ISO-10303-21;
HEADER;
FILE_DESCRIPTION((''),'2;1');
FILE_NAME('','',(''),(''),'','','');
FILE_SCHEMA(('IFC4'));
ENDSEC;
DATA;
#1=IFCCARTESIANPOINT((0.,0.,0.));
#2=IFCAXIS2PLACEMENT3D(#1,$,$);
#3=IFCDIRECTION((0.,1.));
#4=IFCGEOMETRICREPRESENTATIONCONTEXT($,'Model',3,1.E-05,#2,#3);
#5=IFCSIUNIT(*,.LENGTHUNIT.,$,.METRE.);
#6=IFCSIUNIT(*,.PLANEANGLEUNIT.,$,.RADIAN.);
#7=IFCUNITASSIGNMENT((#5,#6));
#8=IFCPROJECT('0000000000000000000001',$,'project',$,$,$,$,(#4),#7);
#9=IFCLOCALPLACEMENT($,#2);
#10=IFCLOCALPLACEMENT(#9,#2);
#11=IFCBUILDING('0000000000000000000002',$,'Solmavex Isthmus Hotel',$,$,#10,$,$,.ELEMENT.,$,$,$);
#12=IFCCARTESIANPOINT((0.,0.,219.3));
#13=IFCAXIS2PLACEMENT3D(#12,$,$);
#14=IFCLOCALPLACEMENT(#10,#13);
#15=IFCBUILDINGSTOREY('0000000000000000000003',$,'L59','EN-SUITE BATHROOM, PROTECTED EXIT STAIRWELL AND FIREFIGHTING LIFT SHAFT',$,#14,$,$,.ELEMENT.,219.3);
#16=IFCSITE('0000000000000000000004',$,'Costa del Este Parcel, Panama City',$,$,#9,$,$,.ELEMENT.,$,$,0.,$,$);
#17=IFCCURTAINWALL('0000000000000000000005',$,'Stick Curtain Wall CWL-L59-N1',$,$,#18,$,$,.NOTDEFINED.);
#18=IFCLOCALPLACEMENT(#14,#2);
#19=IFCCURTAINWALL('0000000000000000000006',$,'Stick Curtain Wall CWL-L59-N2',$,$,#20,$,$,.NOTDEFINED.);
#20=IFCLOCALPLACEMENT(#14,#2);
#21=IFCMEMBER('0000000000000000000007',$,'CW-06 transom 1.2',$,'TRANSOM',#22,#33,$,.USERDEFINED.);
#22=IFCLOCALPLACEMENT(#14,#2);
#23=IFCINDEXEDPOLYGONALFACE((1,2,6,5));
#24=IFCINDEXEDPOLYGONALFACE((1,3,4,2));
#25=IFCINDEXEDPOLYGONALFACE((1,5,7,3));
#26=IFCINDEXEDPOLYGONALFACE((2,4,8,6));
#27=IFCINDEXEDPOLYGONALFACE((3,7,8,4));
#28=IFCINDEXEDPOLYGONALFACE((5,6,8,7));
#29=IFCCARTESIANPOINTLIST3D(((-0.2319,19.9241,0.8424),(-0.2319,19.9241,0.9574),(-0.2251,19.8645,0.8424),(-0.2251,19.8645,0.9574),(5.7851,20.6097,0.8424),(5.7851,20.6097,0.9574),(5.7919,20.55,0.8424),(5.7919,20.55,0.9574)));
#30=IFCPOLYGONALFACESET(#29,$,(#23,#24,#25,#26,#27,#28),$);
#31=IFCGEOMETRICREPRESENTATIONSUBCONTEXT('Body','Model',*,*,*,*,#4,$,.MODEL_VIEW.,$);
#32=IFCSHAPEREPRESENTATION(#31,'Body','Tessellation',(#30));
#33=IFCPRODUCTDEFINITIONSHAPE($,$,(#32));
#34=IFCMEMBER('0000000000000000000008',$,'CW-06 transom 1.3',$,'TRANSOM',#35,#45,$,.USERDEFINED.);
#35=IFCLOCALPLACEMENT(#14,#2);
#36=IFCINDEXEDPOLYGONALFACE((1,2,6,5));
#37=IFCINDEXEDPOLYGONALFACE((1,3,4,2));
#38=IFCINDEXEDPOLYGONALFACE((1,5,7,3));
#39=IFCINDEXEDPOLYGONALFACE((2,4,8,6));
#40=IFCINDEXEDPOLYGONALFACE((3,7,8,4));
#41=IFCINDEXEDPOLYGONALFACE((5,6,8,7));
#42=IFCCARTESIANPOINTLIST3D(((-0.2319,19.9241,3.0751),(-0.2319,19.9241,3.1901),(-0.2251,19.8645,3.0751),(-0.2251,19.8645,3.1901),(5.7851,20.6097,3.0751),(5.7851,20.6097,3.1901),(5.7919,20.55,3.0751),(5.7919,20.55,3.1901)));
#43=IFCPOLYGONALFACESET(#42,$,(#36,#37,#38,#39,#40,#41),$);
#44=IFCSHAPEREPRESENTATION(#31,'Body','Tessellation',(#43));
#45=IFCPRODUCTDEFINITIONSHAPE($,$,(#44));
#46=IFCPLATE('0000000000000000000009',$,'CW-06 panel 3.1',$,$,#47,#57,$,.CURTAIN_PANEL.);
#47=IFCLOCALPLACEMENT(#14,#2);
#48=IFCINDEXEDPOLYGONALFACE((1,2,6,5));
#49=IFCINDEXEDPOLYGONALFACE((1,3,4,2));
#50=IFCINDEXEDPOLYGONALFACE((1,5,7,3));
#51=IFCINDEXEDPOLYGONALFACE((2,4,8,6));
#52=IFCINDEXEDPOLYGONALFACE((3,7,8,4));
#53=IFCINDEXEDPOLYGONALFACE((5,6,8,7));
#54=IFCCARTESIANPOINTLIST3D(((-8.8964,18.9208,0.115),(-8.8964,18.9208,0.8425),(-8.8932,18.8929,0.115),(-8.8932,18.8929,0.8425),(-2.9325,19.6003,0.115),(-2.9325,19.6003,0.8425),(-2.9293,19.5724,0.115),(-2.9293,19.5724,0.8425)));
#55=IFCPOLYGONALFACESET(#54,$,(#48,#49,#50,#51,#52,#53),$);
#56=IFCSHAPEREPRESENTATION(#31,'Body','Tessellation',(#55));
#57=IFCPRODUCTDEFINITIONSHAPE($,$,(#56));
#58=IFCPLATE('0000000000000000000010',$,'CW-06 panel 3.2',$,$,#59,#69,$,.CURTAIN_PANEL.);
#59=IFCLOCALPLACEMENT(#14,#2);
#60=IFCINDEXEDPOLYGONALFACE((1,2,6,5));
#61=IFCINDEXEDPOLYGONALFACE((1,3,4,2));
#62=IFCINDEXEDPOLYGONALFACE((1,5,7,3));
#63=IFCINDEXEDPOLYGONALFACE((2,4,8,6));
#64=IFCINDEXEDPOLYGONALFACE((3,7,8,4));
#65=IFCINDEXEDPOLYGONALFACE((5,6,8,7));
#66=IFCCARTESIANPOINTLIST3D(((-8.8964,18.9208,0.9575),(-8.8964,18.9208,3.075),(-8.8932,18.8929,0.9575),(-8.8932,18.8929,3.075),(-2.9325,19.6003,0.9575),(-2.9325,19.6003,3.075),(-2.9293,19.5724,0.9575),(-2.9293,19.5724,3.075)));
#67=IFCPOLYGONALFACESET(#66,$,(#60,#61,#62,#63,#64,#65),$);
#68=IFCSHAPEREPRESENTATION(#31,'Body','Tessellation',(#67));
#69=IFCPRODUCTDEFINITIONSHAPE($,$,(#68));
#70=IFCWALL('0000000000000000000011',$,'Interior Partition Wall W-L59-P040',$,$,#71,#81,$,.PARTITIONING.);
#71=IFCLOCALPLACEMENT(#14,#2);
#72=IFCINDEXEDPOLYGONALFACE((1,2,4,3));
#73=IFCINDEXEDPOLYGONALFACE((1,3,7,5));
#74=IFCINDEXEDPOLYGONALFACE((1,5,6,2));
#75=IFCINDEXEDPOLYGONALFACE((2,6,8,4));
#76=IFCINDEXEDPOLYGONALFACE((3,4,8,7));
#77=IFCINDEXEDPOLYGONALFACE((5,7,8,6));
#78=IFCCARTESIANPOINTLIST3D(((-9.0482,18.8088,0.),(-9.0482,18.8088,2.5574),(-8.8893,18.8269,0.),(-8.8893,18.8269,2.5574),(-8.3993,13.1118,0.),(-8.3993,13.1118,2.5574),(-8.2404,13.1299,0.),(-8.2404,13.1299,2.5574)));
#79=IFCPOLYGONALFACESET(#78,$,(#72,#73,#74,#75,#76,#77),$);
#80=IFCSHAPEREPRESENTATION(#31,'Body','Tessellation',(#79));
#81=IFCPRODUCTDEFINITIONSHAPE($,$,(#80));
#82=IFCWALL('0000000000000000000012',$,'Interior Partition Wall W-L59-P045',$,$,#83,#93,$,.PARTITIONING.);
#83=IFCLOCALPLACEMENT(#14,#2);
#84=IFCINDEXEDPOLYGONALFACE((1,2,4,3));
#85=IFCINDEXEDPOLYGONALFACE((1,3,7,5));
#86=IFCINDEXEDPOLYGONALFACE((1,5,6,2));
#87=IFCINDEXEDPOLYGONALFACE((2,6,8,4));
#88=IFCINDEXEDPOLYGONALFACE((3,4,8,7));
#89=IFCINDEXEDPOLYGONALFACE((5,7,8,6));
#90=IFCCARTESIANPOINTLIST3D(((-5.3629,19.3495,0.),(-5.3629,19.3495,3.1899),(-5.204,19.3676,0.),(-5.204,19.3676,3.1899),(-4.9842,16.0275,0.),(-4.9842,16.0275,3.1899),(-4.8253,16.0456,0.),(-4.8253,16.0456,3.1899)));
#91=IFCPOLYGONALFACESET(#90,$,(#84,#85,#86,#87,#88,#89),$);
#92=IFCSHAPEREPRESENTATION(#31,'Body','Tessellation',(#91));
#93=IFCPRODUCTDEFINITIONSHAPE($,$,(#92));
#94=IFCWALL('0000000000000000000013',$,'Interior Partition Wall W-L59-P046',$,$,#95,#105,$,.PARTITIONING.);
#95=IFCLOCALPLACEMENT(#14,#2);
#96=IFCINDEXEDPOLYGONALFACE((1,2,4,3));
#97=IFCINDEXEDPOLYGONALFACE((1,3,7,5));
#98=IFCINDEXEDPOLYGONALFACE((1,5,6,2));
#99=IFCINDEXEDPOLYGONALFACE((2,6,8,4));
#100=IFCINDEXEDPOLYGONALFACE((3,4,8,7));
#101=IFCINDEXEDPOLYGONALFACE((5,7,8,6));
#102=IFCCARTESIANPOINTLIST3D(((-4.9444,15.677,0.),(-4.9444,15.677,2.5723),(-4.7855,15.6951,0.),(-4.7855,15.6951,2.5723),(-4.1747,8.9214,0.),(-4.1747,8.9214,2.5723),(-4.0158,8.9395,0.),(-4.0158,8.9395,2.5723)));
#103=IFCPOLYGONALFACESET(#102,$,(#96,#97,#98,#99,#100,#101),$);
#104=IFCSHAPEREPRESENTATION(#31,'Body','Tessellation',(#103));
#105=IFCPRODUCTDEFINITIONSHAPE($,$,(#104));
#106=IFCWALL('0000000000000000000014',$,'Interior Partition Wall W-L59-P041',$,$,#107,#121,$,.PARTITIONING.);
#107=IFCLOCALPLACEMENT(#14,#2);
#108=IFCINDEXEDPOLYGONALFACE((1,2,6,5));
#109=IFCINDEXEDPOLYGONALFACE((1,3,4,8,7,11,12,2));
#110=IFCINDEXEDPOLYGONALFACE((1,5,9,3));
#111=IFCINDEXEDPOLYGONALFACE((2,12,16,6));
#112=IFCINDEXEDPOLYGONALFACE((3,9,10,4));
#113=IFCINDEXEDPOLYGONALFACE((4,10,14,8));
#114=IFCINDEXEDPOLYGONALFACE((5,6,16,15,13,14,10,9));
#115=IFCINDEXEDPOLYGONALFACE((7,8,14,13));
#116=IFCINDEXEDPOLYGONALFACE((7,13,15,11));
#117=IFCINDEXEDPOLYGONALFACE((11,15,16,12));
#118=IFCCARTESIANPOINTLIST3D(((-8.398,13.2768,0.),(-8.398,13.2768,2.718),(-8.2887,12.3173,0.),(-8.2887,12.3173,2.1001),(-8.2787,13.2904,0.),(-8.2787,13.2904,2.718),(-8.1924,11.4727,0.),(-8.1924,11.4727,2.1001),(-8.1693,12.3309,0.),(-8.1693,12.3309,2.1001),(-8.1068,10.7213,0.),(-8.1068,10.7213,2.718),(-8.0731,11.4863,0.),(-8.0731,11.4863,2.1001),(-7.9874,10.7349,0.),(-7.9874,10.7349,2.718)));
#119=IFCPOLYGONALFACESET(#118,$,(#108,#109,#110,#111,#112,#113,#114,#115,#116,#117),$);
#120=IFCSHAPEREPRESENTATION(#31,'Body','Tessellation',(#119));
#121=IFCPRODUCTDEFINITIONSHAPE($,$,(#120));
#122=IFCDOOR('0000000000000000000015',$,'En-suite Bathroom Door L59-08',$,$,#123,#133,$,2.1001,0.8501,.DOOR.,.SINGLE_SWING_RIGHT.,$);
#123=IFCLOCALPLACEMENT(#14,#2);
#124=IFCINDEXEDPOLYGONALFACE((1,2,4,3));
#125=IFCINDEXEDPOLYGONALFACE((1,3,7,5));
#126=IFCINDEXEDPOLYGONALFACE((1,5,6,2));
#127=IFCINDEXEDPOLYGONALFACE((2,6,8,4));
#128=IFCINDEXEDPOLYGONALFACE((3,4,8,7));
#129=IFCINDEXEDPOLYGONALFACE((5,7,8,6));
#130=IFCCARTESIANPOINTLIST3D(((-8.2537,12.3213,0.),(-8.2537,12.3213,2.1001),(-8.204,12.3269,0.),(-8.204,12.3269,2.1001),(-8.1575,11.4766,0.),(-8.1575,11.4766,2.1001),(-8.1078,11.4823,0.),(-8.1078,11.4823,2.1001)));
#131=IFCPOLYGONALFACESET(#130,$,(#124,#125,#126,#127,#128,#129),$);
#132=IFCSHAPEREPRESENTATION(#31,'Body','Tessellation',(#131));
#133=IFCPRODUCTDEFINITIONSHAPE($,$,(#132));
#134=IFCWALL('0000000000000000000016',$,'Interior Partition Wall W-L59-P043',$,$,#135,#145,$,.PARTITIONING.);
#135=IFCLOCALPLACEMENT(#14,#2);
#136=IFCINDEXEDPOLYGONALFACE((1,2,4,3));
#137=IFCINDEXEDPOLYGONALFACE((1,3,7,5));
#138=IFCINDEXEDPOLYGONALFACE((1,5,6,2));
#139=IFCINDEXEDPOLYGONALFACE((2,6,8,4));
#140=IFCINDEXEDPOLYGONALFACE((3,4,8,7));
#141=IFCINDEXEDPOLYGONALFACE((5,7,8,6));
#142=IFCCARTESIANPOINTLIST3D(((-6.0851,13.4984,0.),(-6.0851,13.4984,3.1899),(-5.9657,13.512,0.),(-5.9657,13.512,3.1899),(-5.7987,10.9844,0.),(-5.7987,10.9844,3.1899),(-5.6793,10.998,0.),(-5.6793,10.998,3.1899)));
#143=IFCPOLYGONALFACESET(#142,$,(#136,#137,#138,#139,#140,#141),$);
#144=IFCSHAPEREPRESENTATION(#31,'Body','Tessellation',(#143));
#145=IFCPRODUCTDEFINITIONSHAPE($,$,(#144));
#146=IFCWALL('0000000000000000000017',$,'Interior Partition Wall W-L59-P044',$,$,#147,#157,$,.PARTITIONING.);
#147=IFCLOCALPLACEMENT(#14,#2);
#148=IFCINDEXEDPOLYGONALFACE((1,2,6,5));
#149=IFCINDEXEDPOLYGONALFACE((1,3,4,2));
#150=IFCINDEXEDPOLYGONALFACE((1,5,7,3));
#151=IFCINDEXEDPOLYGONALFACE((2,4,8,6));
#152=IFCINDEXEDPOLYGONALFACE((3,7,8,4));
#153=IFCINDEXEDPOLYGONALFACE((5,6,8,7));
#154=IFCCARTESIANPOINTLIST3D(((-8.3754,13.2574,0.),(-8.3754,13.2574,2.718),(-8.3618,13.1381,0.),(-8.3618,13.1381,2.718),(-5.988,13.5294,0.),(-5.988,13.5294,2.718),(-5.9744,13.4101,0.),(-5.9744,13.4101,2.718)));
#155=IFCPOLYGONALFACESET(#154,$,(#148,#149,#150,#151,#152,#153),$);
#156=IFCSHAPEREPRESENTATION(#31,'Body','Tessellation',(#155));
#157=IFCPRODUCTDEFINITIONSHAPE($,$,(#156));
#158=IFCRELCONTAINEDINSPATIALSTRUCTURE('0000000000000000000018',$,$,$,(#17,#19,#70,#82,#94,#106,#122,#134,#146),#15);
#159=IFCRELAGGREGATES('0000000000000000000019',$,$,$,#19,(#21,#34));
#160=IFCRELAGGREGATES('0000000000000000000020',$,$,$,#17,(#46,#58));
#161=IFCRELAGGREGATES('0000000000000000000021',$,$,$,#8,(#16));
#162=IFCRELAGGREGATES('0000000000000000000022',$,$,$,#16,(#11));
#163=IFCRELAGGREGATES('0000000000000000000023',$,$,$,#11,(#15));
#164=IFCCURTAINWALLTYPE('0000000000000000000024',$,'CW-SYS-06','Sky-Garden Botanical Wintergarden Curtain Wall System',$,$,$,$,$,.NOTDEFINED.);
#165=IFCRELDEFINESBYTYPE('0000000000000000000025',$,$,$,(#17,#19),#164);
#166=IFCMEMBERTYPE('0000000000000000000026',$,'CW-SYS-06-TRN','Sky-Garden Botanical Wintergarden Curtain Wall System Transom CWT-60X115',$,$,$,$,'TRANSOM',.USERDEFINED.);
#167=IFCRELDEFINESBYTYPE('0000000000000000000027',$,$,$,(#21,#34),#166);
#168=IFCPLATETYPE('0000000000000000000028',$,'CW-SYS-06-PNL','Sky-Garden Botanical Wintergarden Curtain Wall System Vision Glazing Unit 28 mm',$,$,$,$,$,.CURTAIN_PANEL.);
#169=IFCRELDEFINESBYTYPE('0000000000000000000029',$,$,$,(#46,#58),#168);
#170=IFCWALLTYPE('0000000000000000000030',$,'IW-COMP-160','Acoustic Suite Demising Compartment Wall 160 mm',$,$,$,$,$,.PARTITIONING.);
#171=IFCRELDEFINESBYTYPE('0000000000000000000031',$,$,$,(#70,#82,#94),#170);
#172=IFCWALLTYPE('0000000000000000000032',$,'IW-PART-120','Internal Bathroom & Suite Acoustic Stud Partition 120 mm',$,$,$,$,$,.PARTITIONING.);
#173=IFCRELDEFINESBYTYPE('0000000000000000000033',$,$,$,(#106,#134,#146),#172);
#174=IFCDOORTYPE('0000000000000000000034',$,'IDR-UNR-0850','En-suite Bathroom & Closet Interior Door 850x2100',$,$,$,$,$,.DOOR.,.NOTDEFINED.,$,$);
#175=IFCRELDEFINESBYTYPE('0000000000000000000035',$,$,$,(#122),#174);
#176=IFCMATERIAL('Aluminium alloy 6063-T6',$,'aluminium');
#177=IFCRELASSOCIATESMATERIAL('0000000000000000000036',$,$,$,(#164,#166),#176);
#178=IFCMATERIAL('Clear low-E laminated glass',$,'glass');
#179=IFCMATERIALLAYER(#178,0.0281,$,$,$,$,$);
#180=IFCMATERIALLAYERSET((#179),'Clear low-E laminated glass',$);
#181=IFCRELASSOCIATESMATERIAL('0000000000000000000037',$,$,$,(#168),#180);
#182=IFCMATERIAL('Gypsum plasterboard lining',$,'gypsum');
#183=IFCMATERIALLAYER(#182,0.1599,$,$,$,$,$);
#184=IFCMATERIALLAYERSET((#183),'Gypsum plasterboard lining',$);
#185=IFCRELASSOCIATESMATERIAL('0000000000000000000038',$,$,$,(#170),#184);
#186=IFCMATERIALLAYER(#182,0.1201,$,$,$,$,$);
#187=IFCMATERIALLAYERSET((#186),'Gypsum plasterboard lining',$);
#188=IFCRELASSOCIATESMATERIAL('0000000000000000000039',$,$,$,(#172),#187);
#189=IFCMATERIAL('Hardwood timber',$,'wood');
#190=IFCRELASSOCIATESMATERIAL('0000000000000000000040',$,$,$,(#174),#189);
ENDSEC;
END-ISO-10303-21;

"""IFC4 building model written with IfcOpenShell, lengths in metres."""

from ifc_helpers import new_model, si_unit, direction, frame, frame_2d, origin, origin_2d, place, context, subcontext, project, spatial, rectangle, extrude, material, layer, layer_set, material_profile, profile_set, type_object, element, fill, aggregate, save


model = new_model("IFC4")

# Units and contexts
model_context = context("Model", 3, precision=1e-05, world=origin(), true_north=direction((0.0, 1.0)))
body_context = subcontext(model_context, "Body", "Model", "MODEL_VIEW")
ifc_project = project(units=[si_unit("LENGTHUNIT", "METRE"), si_unit("PLANEANGLEUNIT", "RADIAN")], contexts=[model_context])

# Site, building, storey
site_placement = place(None, origin())
site = spatial("IfcSite", under=ifc_project, at=site_placement, Name="Costa del Este Parcel, Panama City", CompositionType="ELEMENT", RefElevation=0.0)
building_placement = place(site_placement, origin())
building = spatial("IfcBuilding", under=site, at=building_placement, Name="Solmavex Isthmus Hotel", CompositionType="ELEMENT")
storey_placement = place(building_placement, frame((0.0, 0.0, 219.3)))
storey = spatial("IfcBuildingStorey", under=building, at=storey_placement, Name="L59", Description="EN-SUITE BATHROOM, PROTECTED EXIT STAIRWELL AND FIREFIGHTING LIFT SHAFT", CompositionType="ELEMENT", Elevation=219.3)

# Curtain wall
ifc_material_1 = material(Name="Aluminium alloy 6063-T6", Category="aluminium")
curtain_wall_type = type_object("IfcCurtainWallType", Name="CW-SYS-06", Description="Sky-Garden Botanical Wintergarden Curtain Wall System", PredefinedType="NOTDEFINED", material=ifc_material_1)
curtain_wall_1_placement = place(storey_placement, origin())
curtain_wall_1 = element("IfcCurtainWall", 1, at=curtain_wall_1_placement, inside=storey, type_object=curtain_wall_type, Name="Stick Curtain Wall CWL-L59-N1", PredefinedType="NOTDEFINED")

# Curtain wall
curtain_wall_2_placement = place(storey_placement, origin())
curtain_wall_2 = element("IfcCurtainWall", 2, at=curtain_wall_2_placement, inside=storey, type_object=curtain_wall_type, Name="Stick Curtain Wall CWL-L59-N2", PredefinedType="NOTDEFINED")

# Members
ifc_material_profile_1 = material_profile(ifc_material_1, rectangle(XDim=0.0601, YDim=0.115, at=origin_2d()), Name="CWT-60X115")
ifc_profile_set_1 = profile_set([ifc_material_profile_1], Name="Aluminium alloy 6063-T6")
member_type_1 = type_object("IfcMemberType", Name="CW-SYS-06-TRN", Description="Sky-Garden Botanical Wintergarden Curtain Wall System Transom CWT-60X115", ElementType="TRANSOM", PredefinedType="USERDEFINED", material=ifc_profile_set_1)
member_1_placement = place(storey_placement, frame((-0.2285, 19.8943, 0.8999), z_axis=(0.993572, 0.113201, 0.0), x_axis=(-0.113201, 0.993572, 0.0)))
member_1 = element("IfcMember", 3, at=member_1_placement, type_object=member_type_1, Name="CW-06 transom 1.2", ObjectType="TRANSOM", PredefinedType="USERDEFINED", context=body_context, shape_type="SweptSolid", body=[
    extrude(rectangle(XDim=0.0601, YDim=0.115, at=origin_2d()), origin(), (0.0, 0.0, 1.0), 6.0559),
])
member_2_placement = place(storey_placement, frame((-0.2285, 19.8943, 3.1326), z_axis=(0.993572, 0.113201, 0.0), x_axis=(-0.113201, 0.993572, 0.0)))
member_2 = element("IfcMember", 4, at=member_2_placement, type_object=member_type_1, Name="CW-06 transom 1.3", ObjectType="TRANSOM", PredefinedType="USERDEFINED", context=body_context, shape_type="SweptSolid", body=[
    extrude(rectangle(XDim=0.0601, YDim=0.115, at=origin_2d()), origin(), (0.0, 0.0, 1.0), 6.0559),
])
aggregate(curtain_wall_2, [member_1, member_2])

# Plates
ifc_material_2 = material(Name="Clear low-E laminated glass", Category="glass")
ifc_layer_1 = layer(ifc_material_2, 0.0281)
ifc_layer_set_1 = layer_set([ifc_layer_1], Name="Clear low-E laminated glass")
plate_type = type_object("IfcPlateType", Name="CW-SYS-06-PNL", Description="Sky-Garden Botanical Wintergarden Curtain Wall System Vision Glazing Unit 28 mm", PredefinedType="CURTAIN_PANEL", material=ifc_layer_set_1)
plate_1_placement = place(storey_placement, frame((-5.9128, 19.2466, 0.115), z_axis=(0.0, 0.0, 1.0), x_axis=(0.993572, 0.113203, 0.0)))
plate_1 = element("IfcPlate", 5, at=plate_1_placement, type_object=plate_type, Name="CW-06 panel 3.1", PredefinedType="CURTAIN_PANEL", context=body_context, shape_type="SweptSolid", body=[
    extrude(rectangle(XDim=6.0024, YDim=0.0281, at=origin_2d()), origin(), (0.0, 0.0, 1.0), 0.7275),
])
plate_2_placement = place(storey_placement, frame((-5.9128, 19.2466, 0.9575), z_axis=(0.0, 0.0, 1.0), x_axis=(0.993572, 0.113203, 0.0)))
plate_2 = element("IfcPlate", 6, at=plate_2_placement, type_object=plate_type, Name="CW-06 panel 3.2", PredefinedType="CURTAIN_PANEL", context=body_context, shape_type="SweptSolid", body=[
    extrude(rectangle(XDim=6.0024, YDim=0.0281, at=origin_2d()), origin(), (0.0, 0.0, 1.0), 2.1174),
])
aggregate(curtain_wall_1, [plate_1, plate_2])

# Shared definitions
ifc_material_3 = material(Name="Gypsum plasterboard lining", Category="gypsum")
ifc_layer_2 = layer(ifc_material_3, 0.1599)
ifc_layer_set_2 = layer_set([ifc_layer_2], Name="Gypsum plasterboard lining")
wall_type_1 = type_object("IfcWallType", Name="IW-COMP-160", Description="Acoustic Suite Demising Compartment Wall 160 mm", PredefinedType="PARTITIONING", material=ifc_layer_set_2)
ifc_material_4 = material(Name="Hardwood timber", Category="wood")

# Walls
wall_1_placement = place(storey_placement, frame((-8.9688, 18.8179, 0.0), z_axis=(0.0, 0.0, 1.0), x_axis=(0.113174, -0.993575, 0.0)))
element("IfcWall", 7, at=wall_1_placement, inside=storey, type_object=wall_type_1, Name="Interior Partition Wall W-L59-P040", PredefinedType="PARTITIONING", context=body_context, shape_type="SweptSolid", body=[
    extrude(rectangle(XDim=5.7339, YDim=0.1599, at=frame_2d((2.8669, 0.0))), origin(), (0.0, 0.0, 1.0), 2.5574),
])
wall_2_placement = place(storey_placement, frame((-5.2834, 19.3586, 0.0), z_axis=(0.0, 0.0, 1.0), x_axis=(0.113252, -0.993566, 0.0)))
element("IfcWall", 8, at=wall_2_placement, inside=storey, type_object=wall_type_1, Name="Interior Partition Wall W-L59-P045", PredefinedType="PARTITIONING", context=body_context, shape_type="SweptSolid", body=[
    extrude(rectangle(XDim=3.3435, YDim=0.1599, at=frame_2d((1.6719, 0.0))), origin(), (0.0, 0.0, 1.0), 3.1899),
])
wall_3_placement = place(storey_placement, frame((-4.865, 15.686, 0.0), z_axis=(0.0, 0.0, 1.0), x_axis=(0.113213, -0.993571, 0.0)))
element("IfcWall", 9, at=wall_3_placement, inside=storey, type_object=wall_type_1, Name="Interior Partition Wall W-L59-P046", PredefinedType="PARTITIONING", context=body_context, shape_type="SweptSolid", body=[
    extrude(rectangle(XDim=6.7993, YDim=0.1599, at=frame_2d((3.3997, 0.0))), origin(), (0.0, 0.0, 1.0), 2.5723),
])

# Wall, opening, door
ifc_layer_3 = layer(ifc_material_3, 0.1201)
ifc_layer_set_3 = layer_set([ifc_layer_3], Name="Gypsum plasterboard lining")
wall_type_2 = type_object("IfcWallType", Name="IW-PART-120", Description="Internal Bathroom & Suite Acoustic Stud Partition 120 mm", PredefinedType="PARTITIONING", material=ifc_layer_set_3)
wall_4_placement = place(storey_placement, frame((-8.3384, 13.2837, 0.0), z_axis=(0.0, 0.0, 1.0), x_axis=(0.113244, -0.993567, 0.0)))
wall_4 = element("IfcWall", 10, at=wall_4_placement, inside=storey, type_object=wall_type_2, Name="Interior Partition Wall W-L59-P041", PredefinedType="PARTITIONING", context=body_context, shape_type="SweptSolid", body=[
    extrude(rectangle(XDim=2.572, YDim=0.1201, at=frame_2d((1.2861, 0.0))), origin(), (0.0, 0.0, 1.0), 2.718),
])
opening_1_placement = place(wall_4_placement, frame((0.9658, 0.0, 0.0)))
opening_1 = element("IfcOpeningElement", 11, at=opening_1_placement, cuts=wall_4, PredefinedType="OPENING", context=body_context, shape_type="SweptSolid", body=[
    extrude(rectangle(XDim=0.8501, YDim=2.1001, at=frame_2d((0.425, 1.05))), frame((0.0, 0.0701, 0.0), z_axis=(0.0, -1.0, 0.0), x_axis=(1.0, 0.0, 0.0)), (0.0, 0.0, 1.0), 0.1401),
])
door_type_1 = type_object("IfcDoorType", Name="IDR-UNR-0850", Description="En-suite Bathroom & Closet Interior Door 850x2100", OperationType="NOTDEFINED", PredefinedType="DOOR", material=ifc_material_4)
door_1_placement = place(opening_1_placement, frame((0.8501, 0.0, 0.0), z_axis=(0.0, 0.0, 1.0), x_axis=(-1.0, 0.0, 0.0)))
door_1 = element("IfcDoor", 12, at=door_1_placement, inside=storey, type_object=door_type_1, Name="En-suite Bathroom Door L59-08", OperationType="SINGLE_SWING_RIGHT", OverallHeight=2.1001, OverallWidth=0.8501, PredefinedType="DOOR", context=body_context, shape_type="SweptSolid", body=[
    extrude(rectangle(XDim=0.8501, YDim=2.1001, at=frame_2d((0.425, 1.05))), frame((0.0, 0.0249, 0.0), z_axis=(0.0, -1.0, 0.0), x_axis=(1.0, 0.0, 0.0)), (0.0, 0.0, 1.0), 0.05),
])
fill(opening_1, door_1)

# Walls
wall_5_placement = place(storey_placement, frame((-5.739, 10.9912, 0.0), z_axis=(0.0, 0.0, 1.0), x_axis=(-0.113185, 0.993574, 0.0)))
element("IfcWall", 13, at=wall_5_placement, inside=storey, type_object=wall_type_2, Name="Interior Partition Wall W-L59-P043", PredefinedType="PARTITIONING", context=body_context, shape_type="SweptSolid", body=[
    extrude(rectangle(XDim=2.5303, YDim=0.1201, at=frame_2d((1.2651, 0.0))), origin(), (0.0, 0.0, 1.0), 3.1899),
])
wall_6_placement = place(storey_placement, frame((-5.9812, 13.4697, 0.0), z_axis=(0.0, 0.0, 1.0), x_axis=(-0.993574, -0.113186, 0.0)))
element("IfcWall", 14, at=wall_6_placement, inside=storey, type_object=wall_type_2, Name="Interior Partition Wall W-L59-P044", PredefinedType="PARTITIONING", context=body_context, shape_type="SweptSolid", body=[
    extrude(rectangle(XDim=2.4028, YDim=0.1201, at=frame_2d((1.2014, 0.0))), origin(), (0.0, 0.0, 1.0), 2.718),
])

save(model, "model.ifc")
